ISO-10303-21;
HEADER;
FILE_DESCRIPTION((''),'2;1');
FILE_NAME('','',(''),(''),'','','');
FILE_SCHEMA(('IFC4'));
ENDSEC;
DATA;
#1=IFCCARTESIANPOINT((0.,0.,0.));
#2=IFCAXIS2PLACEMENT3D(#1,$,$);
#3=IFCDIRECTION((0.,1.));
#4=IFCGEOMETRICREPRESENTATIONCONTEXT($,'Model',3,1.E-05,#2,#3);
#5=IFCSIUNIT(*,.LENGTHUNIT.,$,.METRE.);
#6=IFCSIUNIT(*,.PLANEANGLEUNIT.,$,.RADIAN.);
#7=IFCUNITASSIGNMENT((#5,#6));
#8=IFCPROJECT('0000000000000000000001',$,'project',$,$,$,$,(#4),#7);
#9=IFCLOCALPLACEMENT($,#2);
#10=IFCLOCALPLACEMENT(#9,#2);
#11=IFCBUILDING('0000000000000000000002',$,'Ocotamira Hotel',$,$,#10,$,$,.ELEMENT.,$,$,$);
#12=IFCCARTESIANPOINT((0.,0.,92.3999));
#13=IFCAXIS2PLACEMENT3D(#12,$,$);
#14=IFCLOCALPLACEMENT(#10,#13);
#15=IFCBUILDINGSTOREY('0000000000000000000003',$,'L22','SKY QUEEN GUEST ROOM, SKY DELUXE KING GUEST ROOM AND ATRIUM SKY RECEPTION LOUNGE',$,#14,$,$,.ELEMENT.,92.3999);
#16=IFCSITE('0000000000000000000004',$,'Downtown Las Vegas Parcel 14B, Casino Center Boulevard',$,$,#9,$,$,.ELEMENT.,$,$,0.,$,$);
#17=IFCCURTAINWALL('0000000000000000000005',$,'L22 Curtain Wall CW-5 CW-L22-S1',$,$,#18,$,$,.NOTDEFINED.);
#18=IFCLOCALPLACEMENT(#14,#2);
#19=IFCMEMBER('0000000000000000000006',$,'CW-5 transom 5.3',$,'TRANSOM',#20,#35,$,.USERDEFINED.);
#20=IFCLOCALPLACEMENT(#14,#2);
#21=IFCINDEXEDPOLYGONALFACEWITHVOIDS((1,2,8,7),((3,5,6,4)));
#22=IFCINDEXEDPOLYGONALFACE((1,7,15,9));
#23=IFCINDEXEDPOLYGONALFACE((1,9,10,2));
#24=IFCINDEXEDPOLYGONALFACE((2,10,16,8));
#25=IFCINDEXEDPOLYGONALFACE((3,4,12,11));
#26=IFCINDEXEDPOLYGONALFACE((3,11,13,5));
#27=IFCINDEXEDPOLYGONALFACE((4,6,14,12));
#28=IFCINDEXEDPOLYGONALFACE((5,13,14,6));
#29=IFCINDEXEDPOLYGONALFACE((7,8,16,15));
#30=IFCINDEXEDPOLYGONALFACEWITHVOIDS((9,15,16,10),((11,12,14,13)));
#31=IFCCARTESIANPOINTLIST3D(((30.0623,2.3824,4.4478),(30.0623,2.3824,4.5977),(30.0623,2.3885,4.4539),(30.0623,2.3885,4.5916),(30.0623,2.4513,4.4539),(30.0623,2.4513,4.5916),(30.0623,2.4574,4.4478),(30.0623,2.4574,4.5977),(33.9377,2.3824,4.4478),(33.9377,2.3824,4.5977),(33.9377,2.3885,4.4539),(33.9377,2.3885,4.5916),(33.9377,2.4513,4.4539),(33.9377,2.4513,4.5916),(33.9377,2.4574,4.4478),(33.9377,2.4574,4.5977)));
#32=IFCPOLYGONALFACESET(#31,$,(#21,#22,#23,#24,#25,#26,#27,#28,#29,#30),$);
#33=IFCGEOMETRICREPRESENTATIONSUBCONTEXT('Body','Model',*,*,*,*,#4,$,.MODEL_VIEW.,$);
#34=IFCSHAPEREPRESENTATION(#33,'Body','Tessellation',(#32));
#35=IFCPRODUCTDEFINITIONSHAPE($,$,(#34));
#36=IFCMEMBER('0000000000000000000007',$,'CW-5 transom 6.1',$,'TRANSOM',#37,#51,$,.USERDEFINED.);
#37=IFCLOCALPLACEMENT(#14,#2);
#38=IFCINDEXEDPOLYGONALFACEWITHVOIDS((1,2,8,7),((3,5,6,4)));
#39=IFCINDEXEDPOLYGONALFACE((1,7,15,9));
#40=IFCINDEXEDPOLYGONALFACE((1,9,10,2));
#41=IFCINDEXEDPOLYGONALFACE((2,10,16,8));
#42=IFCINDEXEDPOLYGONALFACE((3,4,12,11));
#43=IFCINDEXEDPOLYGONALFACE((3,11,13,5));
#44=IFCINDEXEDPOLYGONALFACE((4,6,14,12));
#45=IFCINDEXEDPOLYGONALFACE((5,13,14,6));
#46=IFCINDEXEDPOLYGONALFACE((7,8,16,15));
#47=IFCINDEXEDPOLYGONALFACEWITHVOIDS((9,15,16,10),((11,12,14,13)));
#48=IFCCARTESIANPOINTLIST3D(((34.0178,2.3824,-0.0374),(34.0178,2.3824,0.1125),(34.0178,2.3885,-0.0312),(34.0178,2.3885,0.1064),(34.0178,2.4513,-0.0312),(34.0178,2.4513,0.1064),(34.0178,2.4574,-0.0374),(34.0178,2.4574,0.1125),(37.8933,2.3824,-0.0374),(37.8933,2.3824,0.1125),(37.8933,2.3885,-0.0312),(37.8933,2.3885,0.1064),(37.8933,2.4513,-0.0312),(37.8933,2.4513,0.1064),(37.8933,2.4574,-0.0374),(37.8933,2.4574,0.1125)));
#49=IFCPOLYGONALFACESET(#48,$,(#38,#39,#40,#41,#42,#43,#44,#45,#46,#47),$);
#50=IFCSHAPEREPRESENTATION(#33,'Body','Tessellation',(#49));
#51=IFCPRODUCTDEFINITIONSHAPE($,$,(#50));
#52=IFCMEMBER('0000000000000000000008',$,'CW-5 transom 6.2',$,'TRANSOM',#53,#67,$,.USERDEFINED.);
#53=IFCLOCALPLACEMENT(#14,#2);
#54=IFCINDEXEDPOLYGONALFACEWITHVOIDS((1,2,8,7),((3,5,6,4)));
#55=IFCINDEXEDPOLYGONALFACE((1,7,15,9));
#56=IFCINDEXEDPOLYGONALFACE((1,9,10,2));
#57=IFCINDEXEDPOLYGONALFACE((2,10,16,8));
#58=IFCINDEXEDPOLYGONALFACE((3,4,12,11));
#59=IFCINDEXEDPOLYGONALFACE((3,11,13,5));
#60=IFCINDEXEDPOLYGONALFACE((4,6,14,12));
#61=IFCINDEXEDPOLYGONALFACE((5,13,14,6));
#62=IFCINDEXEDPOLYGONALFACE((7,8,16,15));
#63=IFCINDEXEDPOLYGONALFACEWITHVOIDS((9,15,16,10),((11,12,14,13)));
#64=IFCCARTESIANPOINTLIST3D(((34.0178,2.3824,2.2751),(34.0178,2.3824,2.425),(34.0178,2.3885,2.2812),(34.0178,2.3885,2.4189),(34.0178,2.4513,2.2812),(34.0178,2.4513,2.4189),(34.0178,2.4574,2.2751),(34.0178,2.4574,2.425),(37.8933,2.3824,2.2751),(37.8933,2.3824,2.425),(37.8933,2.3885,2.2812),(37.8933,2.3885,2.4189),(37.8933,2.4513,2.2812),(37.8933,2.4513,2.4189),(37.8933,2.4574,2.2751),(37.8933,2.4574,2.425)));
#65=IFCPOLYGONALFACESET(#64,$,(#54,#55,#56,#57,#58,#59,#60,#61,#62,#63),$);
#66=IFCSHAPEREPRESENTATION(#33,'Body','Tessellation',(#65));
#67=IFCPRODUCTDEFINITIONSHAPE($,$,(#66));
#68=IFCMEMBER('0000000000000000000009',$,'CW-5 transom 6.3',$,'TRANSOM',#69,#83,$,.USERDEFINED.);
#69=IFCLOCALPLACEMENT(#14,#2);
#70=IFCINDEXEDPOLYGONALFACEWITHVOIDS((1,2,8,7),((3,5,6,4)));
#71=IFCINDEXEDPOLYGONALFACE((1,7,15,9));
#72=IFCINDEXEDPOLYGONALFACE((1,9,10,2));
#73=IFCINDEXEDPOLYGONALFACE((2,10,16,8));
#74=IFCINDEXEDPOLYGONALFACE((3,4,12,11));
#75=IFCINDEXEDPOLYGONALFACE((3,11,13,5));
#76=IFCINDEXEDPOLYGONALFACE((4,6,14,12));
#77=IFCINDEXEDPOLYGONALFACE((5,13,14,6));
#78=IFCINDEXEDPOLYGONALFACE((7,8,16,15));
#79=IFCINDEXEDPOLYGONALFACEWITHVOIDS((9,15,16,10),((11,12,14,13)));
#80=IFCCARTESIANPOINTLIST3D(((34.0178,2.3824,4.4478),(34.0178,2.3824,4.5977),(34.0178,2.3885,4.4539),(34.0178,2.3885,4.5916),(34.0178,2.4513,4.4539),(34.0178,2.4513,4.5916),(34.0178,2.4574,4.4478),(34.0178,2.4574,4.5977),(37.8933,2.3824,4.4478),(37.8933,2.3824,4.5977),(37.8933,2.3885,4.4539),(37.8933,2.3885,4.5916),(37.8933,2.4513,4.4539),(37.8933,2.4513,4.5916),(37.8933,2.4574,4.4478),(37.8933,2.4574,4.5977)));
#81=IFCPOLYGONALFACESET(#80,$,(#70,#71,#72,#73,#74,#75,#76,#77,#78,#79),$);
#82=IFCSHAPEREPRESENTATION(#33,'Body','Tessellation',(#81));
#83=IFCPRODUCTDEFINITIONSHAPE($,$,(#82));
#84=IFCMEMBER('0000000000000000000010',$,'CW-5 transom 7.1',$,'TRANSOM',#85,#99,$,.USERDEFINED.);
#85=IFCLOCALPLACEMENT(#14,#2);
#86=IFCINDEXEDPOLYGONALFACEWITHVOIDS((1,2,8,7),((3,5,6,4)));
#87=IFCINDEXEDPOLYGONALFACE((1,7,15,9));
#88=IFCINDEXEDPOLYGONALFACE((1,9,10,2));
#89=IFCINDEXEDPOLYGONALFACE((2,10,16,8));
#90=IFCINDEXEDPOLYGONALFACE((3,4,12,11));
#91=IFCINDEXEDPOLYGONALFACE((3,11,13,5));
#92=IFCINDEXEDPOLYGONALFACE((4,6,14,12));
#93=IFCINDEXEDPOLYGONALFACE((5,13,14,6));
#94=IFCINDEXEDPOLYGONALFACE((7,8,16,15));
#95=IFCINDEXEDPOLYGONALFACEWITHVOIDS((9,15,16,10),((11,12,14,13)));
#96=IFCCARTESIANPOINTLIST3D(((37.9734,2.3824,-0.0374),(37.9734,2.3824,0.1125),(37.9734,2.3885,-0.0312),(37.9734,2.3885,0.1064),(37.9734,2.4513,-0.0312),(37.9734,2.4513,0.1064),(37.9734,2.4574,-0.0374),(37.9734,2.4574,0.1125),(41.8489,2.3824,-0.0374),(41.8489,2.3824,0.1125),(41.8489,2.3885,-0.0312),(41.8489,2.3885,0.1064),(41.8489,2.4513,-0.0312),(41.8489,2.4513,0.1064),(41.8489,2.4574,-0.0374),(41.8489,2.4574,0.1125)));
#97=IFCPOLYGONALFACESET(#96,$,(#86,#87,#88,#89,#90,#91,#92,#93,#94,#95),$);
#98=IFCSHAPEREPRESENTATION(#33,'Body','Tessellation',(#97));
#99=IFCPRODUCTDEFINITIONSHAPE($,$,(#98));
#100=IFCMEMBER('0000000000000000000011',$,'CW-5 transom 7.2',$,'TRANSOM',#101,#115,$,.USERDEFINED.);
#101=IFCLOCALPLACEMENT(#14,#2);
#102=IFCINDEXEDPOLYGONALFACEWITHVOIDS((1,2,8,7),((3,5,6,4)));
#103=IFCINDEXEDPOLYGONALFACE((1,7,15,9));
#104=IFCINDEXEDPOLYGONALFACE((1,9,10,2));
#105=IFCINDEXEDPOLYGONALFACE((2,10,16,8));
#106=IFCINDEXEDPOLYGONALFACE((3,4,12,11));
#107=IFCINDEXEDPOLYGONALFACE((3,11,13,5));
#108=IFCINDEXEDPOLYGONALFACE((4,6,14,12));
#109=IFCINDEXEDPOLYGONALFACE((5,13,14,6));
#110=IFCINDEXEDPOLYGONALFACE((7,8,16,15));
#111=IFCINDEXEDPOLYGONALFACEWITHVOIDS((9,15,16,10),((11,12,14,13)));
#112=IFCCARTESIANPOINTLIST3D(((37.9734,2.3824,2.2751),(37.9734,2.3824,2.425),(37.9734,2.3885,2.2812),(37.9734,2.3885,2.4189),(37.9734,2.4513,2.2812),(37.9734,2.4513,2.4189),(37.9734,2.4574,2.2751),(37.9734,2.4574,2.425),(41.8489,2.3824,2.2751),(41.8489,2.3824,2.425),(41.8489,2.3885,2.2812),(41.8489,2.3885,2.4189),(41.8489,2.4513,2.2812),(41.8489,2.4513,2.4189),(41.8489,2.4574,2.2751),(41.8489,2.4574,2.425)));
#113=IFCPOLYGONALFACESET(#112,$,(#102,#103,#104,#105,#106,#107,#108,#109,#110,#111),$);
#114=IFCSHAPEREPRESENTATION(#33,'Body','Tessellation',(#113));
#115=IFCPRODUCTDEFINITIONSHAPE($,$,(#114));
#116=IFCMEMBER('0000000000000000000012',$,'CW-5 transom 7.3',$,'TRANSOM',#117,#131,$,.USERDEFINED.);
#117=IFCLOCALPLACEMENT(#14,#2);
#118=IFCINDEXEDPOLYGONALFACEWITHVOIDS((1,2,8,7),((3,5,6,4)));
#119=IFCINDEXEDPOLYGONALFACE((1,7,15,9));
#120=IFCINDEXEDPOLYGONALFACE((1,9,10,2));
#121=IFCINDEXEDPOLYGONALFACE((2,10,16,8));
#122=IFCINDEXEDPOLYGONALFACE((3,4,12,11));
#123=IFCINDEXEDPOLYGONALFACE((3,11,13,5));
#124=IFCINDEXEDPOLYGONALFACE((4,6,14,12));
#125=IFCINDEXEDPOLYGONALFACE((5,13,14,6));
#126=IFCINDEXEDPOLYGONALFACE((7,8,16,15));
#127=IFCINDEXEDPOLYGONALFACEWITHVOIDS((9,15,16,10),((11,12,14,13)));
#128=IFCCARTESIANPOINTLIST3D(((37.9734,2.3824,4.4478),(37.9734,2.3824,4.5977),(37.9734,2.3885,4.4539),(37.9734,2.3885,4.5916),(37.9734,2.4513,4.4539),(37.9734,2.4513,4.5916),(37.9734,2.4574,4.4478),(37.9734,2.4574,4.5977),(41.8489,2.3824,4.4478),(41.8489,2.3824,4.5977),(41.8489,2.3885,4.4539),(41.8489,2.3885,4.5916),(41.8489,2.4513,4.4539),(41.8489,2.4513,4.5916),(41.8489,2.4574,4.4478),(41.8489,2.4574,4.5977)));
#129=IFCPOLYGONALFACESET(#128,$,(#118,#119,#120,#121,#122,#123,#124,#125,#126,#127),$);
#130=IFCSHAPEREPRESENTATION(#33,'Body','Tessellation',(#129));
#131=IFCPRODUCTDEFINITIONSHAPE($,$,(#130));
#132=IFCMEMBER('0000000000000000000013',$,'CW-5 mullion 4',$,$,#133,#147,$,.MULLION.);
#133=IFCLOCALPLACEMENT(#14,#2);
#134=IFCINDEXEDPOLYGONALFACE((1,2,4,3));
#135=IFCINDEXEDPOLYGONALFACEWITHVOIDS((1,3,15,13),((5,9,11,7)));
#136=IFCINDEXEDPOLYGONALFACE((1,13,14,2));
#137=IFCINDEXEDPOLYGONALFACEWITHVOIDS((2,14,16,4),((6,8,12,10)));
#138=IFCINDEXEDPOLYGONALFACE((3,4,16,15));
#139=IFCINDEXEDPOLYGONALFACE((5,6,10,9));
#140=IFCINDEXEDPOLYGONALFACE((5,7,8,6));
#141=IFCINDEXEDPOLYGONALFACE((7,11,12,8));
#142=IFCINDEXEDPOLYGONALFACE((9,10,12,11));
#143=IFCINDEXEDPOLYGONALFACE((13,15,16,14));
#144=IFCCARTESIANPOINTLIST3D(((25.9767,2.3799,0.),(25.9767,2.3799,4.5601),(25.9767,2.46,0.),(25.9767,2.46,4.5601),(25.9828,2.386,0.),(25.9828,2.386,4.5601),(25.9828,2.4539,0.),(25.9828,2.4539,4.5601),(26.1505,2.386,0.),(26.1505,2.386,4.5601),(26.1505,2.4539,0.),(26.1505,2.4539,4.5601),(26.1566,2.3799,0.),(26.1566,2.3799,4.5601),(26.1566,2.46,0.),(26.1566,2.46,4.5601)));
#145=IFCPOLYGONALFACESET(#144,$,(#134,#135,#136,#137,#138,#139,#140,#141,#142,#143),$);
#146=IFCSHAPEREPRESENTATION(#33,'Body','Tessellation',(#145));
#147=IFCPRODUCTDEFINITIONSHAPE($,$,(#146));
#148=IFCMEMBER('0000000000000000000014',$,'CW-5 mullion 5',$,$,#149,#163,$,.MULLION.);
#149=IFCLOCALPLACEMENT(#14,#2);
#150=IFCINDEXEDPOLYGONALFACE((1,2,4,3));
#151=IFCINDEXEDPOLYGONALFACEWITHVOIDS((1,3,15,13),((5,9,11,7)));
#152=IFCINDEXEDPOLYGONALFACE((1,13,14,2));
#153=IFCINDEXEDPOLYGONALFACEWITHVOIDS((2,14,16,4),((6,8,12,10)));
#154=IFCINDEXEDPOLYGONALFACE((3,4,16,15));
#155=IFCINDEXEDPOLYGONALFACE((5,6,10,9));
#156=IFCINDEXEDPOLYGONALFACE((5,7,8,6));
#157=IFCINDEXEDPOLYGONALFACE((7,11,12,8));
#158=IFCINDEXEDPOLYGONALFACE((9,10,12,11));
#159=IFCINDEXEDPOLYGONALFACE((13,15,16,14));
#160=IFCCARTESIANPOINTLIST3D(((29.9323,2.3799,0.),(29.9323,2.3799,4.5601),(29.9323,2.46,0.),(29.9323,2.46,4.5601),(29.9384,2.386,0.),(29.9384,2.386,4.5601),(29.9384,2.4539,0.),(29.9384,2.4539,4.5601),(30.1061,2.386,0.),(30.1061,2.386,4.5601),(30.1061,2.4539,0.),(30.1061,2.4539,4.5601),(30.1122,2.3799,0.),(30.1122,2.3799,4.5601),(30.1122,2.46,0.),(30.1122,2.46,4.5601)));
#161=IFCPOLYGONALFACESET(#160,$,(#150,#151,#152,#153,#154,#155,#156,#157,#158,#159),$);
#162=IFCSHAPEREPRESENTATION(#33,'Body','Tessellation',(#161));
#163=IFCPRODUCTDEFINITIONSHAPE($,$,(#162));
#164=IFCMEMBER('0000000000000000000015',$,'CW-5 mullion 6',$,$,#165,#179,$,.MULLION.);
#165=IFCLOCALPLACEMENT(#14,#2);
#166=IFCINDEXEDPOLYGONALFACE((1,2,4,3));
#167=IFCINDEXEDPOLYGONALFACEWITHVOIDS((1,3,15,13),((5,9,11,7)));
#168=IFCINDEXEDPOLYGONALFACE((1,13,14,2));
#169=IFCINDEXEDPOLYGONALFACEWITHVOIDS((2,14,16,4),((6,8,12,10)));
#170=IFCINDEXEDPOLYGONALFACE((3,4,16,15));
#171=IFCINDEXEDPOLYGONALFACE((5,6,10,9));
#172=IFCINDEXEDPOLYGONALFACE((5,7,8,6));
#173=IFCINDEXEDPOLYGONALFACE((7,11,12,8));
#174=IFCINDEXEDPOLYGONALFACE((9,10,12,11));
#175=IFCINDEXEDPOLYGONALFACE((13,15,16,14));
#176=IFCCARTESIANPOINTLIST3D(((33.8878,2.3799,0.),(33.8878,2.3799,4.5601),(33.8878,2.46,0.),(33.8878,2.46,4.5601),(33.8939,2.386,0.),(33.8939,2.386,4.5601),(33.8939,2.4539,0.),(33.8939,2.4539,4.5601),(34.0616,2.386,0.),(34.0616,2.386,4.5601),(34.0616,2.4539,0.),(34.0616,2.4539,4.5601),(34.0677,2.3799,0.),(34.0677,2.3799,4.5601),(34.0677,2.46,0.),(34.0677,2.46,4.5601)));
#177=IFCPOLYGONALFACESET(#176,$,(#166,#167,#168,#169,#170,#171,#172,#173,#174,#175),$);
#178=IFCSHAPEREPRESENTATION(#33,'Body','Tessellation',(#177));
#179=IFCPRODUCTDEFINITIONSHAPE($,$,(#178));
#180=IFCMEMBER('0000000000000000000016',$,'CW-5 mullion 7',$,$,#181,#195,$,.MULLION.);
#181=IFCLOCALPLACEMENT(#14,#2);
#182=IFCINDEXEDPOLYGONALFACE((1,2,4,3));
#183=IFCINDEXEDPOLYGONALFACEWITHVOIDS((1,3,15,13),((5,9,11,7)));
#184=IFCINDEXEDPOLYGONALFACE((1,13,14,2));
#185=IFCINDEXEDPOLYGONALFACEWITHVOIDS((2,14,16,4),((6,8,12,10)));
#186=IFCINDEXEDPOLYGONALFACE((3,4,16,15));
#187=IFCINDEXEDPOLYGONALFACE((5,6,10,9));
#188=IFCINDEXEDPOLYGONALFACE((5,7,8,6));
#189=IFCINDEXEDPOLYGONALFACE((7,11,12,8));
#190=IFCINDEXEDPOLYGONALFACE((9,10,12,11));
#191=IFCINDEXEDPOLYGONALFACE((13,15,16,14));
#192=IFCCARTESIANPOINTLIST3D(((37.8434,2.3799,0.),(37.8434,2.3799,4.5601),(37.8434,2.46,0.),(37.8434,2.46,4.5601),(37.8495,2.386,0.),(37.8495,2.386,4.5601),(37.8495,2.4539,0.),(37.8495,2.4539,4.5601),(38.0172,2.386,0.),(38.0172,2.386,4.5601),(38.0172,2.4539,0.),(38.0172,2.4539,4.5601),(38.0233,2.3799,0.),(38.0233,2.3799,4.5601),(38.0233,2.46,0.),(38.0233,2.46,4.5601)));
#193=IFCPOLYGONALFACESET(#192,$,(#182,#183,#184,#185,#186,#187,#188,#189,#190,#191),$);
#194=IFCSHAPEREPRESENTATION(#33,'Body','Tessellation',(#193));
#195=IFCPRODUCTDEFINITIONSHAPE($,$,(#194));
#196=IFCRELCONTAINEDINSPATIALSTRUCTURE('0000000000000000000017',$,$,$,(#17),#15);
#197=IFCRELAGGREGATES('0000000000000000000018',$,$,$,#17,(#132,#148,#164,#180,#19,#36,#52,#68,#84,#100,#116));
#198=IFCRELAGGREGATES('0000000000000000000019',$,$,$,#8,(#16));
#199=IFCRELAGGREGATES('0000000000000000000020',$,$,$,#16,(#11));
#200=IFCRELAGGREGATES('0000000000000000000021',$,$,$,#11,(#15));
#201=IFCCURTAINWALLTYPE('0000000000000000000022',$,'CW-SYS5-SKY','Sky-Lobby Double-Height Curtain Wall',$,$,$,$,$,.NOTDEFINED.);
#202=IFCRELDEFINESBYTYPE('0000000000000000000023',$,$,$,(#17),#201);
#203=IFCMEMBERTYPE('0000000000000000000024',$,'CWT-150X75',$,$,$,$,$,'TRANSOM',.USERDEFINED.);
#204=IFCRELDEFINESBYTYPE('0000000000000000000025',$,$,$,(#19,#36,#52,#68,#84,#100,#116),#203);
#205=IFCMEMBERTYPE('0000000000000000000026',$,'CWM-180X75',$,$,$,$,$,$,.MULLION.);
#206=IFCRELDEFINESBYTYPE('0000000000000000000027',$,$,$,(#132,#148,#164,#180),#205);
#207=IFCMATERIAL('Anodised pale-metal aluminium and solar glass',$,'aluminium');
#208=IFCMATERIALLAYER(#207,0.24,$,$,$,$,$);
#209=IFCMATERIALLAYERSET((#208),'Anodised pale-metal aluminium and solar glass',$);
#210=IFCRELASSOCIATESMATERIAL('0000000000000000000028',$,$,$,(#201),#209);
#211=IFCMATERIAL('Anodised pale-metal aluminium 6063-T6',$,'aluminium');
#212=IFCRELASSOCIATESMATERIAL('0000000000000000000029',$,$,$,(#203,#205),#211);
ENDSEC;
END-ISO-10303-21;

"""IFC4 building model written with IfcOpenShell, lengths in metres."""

from ifc_helpers import new_model, si_unit, direction, frame, origin, origin_2d, place, context, subcontext, project, spatial, hollow_rectangle, extrude, source, transform, mapped, material, layer, layer_set, material_profile, profile_set, type_object, element, aggregate, save


model = new_model("IFC4")

# Units and contexts
model_context = context("Model", 3, precision=1e-05, world=origin(), true_north=direction((0.0, 1.0)))
body_context = subcontext(model_context, "Body", "Model", "MODEL_VIEW")
ifc_project = project(units=[si_unit("LENGTHUNIT", "METRE"), si_unit("PLANEANGLEUNIT", "RADIAN")], contexts=[model_context])

# Site, building, storey
site_placement = place(None, origin())
site = spatial("IfcSite", under=ifc_project, at=site_placement, Name="Downtown Las Vegas Parcel 14B, Casino Center Boulevard", CompositionType="ELEMENT", RefElevation=0.0)
building_placement = place(site_placement, origin())
building = spatial("IfcBuilding", under=site, at=building_placement, Name="Ocotamira Hotel", CompositionType="ELEMENT")
storey_placement = place(building_placement, frame((0.0, 0.0, 92.3999)))
storey = spatial("IfcBuildingStorey", under=building, at=storey_placement, Name="L22", Description="SKY QUEEN GUEST ROOM, SKY DELUXE KING GUEST ROOM AND ATRIUM SKY RECEPTION LOUNGE", CompositionType="ELEMENT", Elevation=92.3999)

# Curtain wall, members
ifc_material_1 = material(Name="Anodised pale-metal aluminium and solar glass", Category="aluminium")
ifc_layer_1 = layer(ifc_material_1, 0.24)
ifc_layer_set_1 = layer_set([ifc_layer_1], Name="Anodised pale-metal aluminium and solar glass")
curtain_wall_type = type_object("IfcCurtainWallType", Name="CW-SYS5-SKY", Description="Sky-Lobby Double-Height Curtain Wall", PredefinedType="NOTDEFINED", material=ifc_layer_set_1)
curtain_wall_placement = place(storey_placement, origin())
curtain_wall = element("IfcCurtainWall", 1, at=curtain_wall_placement, inside=storey, type_object=curtain_wall_type, Name="L22 Curtain Wall CW-5 CW-L22-S1", PredefinedType="NOTDEFINED")
ifc_material_2 = material(Name="Anodised pale-metal aluminium 6063-T6", Category="aluminium")
ifc_material_profile_1 = material_profile(ifc_material_2, hollow_rectangle(XDim=0.075, YDim=0.1499, WallThickness=0.0061, at=origin_2d()), Name="HSS150X75X6")
ifc_profile_set_1 = profile_set([ifc_material_profile_1], Name="Anodised pale-metal aluminium 6063-T6")
member_type_1 = type_object("IfcMemberType", Name="CWT-150X75", ElementType="TRANSOM", PredefinedType="USERDEFINED", material=ifc_profile_set_1)
shared_shape_1 = source(origin(), body_context, "Body", "SweptSolid", [
    extrude(hollow_rectangle(XDim=0.075, YDim=0.1499, WallThickness=0.0061, at=origin_2d()), origin(), (0.0, 0.0, 1.0), 3.8755),
])
member_1_placement = place(storey_placement, frame((30.0623, 2.4199, 4.5227), z_axis=(1.0, 0.0, 0.0), x_axis=(0.0, 1.0, 0.0)))
member_1 = element("IfcMember", 2, at=member_1_placement, type_object=member_type_1, Name="CW-5 transom 5.3", ObjectType="TRANSOM", PredefinedType="USERDEFINED", context=body_context, shape_type="MappedRepresentation", body=[
    mapped(shared_shape_1, transform((0.0, 0.0, 0.0), scale=1.0)),
])
member_2_placement = place(storey_placement, frame((34.0178, 2.4199, 0.0376), z_axis=(1.0, 0.0, 0.0), x_axis=(0.0, 1.0, 0.0)))
member_2 = element("IfcMember", 3, at=member_2_placement, type_object=member_type_1, Name="CW-5 transom 6.1", ObjectType="TRANSOM", PredefinedType="USERDEFINED", context=body_context, shape_type="MappedRepresentation", body=[
    mapped(shared_shape_1, transform((0.0, 0.0, 0.0), scale=1.0)),
])
member_3_placement = place(storey_placement, frame((34.0178, 2.4199, 2.3501), z_axis=(1.0, 0.0, 0.0), x_axis=(0.0, 1.0, 0.0)))
member_3 = element("IfcMember", 4, at=member_3_placement, type_object=member_type_1, Name="CW-5 transom 6.2", ObjectType="TRANSOM", PredefinedType="USERDEFINED", context=body_context, shape_type="MappedRepresentation", body=[
    mapped(shared_shape_1, transform((0.0, 0.0, 0.0), scale=1.0)),
])
member_4_placement = place(storey_placement, frame((34.0178, 2.4199, 4.5227), z_axis=(1.0, 0.0, 0.0), x_axis=(0.0, 1.0, 0.0)))
member_4 = element("IfcMember", 5, at=member_4_placement, type_object=member_type_1, Name="CW-5 transom 6.3", ObjectType="TRANSOM", PredefinedType="USERDEFINED", context=body_context, shape_type="MappedRepresentation", body=[
    mapped(shared_shape_1, transform((0.0, 0.0, 0.0), scale=1.0)),
])
member_5_placement = place(storey_placement, frame((37.9734, 2.4199, 0.0376), z_axis=(1.0, 0.0, 0.0), x_axis=(0.0, 1.0, 0.0)))
member_5 = element("IfcMember", 6, at=member_5_placement, type_object=member_type_1, Name="CW-5 transom 7.1", ObjectType="TRANSOM", PredefinedType="USERDEFINED", context=body_context, shape_type="MappedRepresentation", body=[
    mapped(shared_shape_1, transform((0.0, 0.0, 0.0), scale=1.0)),
])
member_6_placement = place(storey_placement, frame((37.9734, 2.4199, 2.3501), z_axis=(1.0, 0.0, 0.0), x_axis=(0.0, 1.0, 0.0)))
member_6 = element("IfcMember", 7, at=member_6_placement, type_object=member_type_1, Name="CW-5 transom 7.2", ObjectType="TRANSOM", PredefinedType="USERDEFINED", context=body_context, shape_type="MappedRepresentation", body=[
    mapped(shared_shape_1, transform((0.0, 0.0, 0.0), scale=1.0)),
])
member_7_placement = place(storey_placement, frame((37.9734, 2.4199, 4.5227), z_axis=(1.0, 0.0, 0.0), x_axis=(0.0, 1.0, 0.0)))
member_7 = element("IfcMember", 8, at=member_7_placement, type_object=member_type_1, Name="CW-5 transom 7.3", ObjectType="TRANSOM", PredefinedType="USERDEFINED", context=body_context, shape_type="MappedRepresentation", body=[
    mapped(shared_shape_1, transform((0.0, 0.0, 0.0), scale=1.0)),
])
ifc_material_profile_2 = material_profile(ifc_material_2, hollow_rectangle(XDim=0.0801, YDim=0.1799, WallThickness=0.0061, at=origin_2d()), Name="HSS180X80X6")
ifc_profile_set_2 = profile_set([ifc_material_profile_2], Name="Anodised pale-metal aluminium 6063-T6")
member_type_2 = type_object("IfcMemberType", Name="CWM-180X75", PredefinedType="MULLION", material=ifc_profile_set_2)
shared_shape_2 = source(origin(), body_context, "Body", "SweptSolid", [
    extrude(hollow_rectangle(XDim=0.0801, YDim=0.1799, WallThickness=0.0061, at=origin_2d()), origin(), (0.0, 0.0, 1.0), 4.5601),
])
member_8_placement = place(storey_placement, frame((26.0667, 2.4199, 0.0), z_axis=(0.0, 0.0, 1.0), x_axis=(0.0, 1.0, 0.0)))
member_8 = element("IfcMember", 9, at=member_8_placement, type_object=member_type_2, Name="CW-5 mullion 4", PredefinedType="MULLION", context=body_context, shape_type="MappedRepresentation", body=[
    mapped(shared_shape_2, transform((0.0, 0.0, 0.0), scale=1.0)),
])
member_9_placement = place(storey_placement, frame((30.0222, 2.4199, 0.0), z_axis=(0.0, 0.0, 1.0), x_axis=(0.0, 1.0, 0.0)))
member_9 = element("IfcMember", 10, at=member_9_placement, type_object=member_type_2, Name="CW-5 mullion 5", PredefinedType="MULLION", context=body_context, shape_type="MappedRepresentation", body=[
    mapped(shared_shape_2, transform((0.0, 0.0, 0.0), scale=1.0)),
])
member_10_placement = place(storey_placement, frame((33.9778, 2.4199, 0.0), z_axis=(0.0, 0.0, 1.0), x_axis=(0.0, 1.0, 0.0)))
member_10 = element("IfcMember", 11, at=member_10_placement, type_object=member_type_2, Name="CW-5 mullion 6", PredefinedType="MULLION", context=body_context, shape_type="MappedRepresentation", body=[
    mapped(shared_shape_2, transform((0.0, 0.0, 0.0), scale=1.0)),
])
member_11_placement = place(storey_placement, frame((37.9333, 2.4199, 0.0), z_axis=(0.0, 0.0, 1.0), x_axis=(0.0, 1.0, 0.0)))
member_11 = element("IfcMember", 12, at=member_11_placement, type_object=member_type_2, Name="CW-5 mullion 7", PredefinedType="MULLION", context=body_context, shape_type="MappedRepresentation", body=[
    mapped(shared_shape_2, transform((0.0, 0.0, 0.0), scale=1.0)),
])

aggregate(curtain_wall, [member_8, member_9, member_10, member_11, member_1, member_2, member_3, member_4, member_5, member_6, member_7])

save(model, "model.ifc")
